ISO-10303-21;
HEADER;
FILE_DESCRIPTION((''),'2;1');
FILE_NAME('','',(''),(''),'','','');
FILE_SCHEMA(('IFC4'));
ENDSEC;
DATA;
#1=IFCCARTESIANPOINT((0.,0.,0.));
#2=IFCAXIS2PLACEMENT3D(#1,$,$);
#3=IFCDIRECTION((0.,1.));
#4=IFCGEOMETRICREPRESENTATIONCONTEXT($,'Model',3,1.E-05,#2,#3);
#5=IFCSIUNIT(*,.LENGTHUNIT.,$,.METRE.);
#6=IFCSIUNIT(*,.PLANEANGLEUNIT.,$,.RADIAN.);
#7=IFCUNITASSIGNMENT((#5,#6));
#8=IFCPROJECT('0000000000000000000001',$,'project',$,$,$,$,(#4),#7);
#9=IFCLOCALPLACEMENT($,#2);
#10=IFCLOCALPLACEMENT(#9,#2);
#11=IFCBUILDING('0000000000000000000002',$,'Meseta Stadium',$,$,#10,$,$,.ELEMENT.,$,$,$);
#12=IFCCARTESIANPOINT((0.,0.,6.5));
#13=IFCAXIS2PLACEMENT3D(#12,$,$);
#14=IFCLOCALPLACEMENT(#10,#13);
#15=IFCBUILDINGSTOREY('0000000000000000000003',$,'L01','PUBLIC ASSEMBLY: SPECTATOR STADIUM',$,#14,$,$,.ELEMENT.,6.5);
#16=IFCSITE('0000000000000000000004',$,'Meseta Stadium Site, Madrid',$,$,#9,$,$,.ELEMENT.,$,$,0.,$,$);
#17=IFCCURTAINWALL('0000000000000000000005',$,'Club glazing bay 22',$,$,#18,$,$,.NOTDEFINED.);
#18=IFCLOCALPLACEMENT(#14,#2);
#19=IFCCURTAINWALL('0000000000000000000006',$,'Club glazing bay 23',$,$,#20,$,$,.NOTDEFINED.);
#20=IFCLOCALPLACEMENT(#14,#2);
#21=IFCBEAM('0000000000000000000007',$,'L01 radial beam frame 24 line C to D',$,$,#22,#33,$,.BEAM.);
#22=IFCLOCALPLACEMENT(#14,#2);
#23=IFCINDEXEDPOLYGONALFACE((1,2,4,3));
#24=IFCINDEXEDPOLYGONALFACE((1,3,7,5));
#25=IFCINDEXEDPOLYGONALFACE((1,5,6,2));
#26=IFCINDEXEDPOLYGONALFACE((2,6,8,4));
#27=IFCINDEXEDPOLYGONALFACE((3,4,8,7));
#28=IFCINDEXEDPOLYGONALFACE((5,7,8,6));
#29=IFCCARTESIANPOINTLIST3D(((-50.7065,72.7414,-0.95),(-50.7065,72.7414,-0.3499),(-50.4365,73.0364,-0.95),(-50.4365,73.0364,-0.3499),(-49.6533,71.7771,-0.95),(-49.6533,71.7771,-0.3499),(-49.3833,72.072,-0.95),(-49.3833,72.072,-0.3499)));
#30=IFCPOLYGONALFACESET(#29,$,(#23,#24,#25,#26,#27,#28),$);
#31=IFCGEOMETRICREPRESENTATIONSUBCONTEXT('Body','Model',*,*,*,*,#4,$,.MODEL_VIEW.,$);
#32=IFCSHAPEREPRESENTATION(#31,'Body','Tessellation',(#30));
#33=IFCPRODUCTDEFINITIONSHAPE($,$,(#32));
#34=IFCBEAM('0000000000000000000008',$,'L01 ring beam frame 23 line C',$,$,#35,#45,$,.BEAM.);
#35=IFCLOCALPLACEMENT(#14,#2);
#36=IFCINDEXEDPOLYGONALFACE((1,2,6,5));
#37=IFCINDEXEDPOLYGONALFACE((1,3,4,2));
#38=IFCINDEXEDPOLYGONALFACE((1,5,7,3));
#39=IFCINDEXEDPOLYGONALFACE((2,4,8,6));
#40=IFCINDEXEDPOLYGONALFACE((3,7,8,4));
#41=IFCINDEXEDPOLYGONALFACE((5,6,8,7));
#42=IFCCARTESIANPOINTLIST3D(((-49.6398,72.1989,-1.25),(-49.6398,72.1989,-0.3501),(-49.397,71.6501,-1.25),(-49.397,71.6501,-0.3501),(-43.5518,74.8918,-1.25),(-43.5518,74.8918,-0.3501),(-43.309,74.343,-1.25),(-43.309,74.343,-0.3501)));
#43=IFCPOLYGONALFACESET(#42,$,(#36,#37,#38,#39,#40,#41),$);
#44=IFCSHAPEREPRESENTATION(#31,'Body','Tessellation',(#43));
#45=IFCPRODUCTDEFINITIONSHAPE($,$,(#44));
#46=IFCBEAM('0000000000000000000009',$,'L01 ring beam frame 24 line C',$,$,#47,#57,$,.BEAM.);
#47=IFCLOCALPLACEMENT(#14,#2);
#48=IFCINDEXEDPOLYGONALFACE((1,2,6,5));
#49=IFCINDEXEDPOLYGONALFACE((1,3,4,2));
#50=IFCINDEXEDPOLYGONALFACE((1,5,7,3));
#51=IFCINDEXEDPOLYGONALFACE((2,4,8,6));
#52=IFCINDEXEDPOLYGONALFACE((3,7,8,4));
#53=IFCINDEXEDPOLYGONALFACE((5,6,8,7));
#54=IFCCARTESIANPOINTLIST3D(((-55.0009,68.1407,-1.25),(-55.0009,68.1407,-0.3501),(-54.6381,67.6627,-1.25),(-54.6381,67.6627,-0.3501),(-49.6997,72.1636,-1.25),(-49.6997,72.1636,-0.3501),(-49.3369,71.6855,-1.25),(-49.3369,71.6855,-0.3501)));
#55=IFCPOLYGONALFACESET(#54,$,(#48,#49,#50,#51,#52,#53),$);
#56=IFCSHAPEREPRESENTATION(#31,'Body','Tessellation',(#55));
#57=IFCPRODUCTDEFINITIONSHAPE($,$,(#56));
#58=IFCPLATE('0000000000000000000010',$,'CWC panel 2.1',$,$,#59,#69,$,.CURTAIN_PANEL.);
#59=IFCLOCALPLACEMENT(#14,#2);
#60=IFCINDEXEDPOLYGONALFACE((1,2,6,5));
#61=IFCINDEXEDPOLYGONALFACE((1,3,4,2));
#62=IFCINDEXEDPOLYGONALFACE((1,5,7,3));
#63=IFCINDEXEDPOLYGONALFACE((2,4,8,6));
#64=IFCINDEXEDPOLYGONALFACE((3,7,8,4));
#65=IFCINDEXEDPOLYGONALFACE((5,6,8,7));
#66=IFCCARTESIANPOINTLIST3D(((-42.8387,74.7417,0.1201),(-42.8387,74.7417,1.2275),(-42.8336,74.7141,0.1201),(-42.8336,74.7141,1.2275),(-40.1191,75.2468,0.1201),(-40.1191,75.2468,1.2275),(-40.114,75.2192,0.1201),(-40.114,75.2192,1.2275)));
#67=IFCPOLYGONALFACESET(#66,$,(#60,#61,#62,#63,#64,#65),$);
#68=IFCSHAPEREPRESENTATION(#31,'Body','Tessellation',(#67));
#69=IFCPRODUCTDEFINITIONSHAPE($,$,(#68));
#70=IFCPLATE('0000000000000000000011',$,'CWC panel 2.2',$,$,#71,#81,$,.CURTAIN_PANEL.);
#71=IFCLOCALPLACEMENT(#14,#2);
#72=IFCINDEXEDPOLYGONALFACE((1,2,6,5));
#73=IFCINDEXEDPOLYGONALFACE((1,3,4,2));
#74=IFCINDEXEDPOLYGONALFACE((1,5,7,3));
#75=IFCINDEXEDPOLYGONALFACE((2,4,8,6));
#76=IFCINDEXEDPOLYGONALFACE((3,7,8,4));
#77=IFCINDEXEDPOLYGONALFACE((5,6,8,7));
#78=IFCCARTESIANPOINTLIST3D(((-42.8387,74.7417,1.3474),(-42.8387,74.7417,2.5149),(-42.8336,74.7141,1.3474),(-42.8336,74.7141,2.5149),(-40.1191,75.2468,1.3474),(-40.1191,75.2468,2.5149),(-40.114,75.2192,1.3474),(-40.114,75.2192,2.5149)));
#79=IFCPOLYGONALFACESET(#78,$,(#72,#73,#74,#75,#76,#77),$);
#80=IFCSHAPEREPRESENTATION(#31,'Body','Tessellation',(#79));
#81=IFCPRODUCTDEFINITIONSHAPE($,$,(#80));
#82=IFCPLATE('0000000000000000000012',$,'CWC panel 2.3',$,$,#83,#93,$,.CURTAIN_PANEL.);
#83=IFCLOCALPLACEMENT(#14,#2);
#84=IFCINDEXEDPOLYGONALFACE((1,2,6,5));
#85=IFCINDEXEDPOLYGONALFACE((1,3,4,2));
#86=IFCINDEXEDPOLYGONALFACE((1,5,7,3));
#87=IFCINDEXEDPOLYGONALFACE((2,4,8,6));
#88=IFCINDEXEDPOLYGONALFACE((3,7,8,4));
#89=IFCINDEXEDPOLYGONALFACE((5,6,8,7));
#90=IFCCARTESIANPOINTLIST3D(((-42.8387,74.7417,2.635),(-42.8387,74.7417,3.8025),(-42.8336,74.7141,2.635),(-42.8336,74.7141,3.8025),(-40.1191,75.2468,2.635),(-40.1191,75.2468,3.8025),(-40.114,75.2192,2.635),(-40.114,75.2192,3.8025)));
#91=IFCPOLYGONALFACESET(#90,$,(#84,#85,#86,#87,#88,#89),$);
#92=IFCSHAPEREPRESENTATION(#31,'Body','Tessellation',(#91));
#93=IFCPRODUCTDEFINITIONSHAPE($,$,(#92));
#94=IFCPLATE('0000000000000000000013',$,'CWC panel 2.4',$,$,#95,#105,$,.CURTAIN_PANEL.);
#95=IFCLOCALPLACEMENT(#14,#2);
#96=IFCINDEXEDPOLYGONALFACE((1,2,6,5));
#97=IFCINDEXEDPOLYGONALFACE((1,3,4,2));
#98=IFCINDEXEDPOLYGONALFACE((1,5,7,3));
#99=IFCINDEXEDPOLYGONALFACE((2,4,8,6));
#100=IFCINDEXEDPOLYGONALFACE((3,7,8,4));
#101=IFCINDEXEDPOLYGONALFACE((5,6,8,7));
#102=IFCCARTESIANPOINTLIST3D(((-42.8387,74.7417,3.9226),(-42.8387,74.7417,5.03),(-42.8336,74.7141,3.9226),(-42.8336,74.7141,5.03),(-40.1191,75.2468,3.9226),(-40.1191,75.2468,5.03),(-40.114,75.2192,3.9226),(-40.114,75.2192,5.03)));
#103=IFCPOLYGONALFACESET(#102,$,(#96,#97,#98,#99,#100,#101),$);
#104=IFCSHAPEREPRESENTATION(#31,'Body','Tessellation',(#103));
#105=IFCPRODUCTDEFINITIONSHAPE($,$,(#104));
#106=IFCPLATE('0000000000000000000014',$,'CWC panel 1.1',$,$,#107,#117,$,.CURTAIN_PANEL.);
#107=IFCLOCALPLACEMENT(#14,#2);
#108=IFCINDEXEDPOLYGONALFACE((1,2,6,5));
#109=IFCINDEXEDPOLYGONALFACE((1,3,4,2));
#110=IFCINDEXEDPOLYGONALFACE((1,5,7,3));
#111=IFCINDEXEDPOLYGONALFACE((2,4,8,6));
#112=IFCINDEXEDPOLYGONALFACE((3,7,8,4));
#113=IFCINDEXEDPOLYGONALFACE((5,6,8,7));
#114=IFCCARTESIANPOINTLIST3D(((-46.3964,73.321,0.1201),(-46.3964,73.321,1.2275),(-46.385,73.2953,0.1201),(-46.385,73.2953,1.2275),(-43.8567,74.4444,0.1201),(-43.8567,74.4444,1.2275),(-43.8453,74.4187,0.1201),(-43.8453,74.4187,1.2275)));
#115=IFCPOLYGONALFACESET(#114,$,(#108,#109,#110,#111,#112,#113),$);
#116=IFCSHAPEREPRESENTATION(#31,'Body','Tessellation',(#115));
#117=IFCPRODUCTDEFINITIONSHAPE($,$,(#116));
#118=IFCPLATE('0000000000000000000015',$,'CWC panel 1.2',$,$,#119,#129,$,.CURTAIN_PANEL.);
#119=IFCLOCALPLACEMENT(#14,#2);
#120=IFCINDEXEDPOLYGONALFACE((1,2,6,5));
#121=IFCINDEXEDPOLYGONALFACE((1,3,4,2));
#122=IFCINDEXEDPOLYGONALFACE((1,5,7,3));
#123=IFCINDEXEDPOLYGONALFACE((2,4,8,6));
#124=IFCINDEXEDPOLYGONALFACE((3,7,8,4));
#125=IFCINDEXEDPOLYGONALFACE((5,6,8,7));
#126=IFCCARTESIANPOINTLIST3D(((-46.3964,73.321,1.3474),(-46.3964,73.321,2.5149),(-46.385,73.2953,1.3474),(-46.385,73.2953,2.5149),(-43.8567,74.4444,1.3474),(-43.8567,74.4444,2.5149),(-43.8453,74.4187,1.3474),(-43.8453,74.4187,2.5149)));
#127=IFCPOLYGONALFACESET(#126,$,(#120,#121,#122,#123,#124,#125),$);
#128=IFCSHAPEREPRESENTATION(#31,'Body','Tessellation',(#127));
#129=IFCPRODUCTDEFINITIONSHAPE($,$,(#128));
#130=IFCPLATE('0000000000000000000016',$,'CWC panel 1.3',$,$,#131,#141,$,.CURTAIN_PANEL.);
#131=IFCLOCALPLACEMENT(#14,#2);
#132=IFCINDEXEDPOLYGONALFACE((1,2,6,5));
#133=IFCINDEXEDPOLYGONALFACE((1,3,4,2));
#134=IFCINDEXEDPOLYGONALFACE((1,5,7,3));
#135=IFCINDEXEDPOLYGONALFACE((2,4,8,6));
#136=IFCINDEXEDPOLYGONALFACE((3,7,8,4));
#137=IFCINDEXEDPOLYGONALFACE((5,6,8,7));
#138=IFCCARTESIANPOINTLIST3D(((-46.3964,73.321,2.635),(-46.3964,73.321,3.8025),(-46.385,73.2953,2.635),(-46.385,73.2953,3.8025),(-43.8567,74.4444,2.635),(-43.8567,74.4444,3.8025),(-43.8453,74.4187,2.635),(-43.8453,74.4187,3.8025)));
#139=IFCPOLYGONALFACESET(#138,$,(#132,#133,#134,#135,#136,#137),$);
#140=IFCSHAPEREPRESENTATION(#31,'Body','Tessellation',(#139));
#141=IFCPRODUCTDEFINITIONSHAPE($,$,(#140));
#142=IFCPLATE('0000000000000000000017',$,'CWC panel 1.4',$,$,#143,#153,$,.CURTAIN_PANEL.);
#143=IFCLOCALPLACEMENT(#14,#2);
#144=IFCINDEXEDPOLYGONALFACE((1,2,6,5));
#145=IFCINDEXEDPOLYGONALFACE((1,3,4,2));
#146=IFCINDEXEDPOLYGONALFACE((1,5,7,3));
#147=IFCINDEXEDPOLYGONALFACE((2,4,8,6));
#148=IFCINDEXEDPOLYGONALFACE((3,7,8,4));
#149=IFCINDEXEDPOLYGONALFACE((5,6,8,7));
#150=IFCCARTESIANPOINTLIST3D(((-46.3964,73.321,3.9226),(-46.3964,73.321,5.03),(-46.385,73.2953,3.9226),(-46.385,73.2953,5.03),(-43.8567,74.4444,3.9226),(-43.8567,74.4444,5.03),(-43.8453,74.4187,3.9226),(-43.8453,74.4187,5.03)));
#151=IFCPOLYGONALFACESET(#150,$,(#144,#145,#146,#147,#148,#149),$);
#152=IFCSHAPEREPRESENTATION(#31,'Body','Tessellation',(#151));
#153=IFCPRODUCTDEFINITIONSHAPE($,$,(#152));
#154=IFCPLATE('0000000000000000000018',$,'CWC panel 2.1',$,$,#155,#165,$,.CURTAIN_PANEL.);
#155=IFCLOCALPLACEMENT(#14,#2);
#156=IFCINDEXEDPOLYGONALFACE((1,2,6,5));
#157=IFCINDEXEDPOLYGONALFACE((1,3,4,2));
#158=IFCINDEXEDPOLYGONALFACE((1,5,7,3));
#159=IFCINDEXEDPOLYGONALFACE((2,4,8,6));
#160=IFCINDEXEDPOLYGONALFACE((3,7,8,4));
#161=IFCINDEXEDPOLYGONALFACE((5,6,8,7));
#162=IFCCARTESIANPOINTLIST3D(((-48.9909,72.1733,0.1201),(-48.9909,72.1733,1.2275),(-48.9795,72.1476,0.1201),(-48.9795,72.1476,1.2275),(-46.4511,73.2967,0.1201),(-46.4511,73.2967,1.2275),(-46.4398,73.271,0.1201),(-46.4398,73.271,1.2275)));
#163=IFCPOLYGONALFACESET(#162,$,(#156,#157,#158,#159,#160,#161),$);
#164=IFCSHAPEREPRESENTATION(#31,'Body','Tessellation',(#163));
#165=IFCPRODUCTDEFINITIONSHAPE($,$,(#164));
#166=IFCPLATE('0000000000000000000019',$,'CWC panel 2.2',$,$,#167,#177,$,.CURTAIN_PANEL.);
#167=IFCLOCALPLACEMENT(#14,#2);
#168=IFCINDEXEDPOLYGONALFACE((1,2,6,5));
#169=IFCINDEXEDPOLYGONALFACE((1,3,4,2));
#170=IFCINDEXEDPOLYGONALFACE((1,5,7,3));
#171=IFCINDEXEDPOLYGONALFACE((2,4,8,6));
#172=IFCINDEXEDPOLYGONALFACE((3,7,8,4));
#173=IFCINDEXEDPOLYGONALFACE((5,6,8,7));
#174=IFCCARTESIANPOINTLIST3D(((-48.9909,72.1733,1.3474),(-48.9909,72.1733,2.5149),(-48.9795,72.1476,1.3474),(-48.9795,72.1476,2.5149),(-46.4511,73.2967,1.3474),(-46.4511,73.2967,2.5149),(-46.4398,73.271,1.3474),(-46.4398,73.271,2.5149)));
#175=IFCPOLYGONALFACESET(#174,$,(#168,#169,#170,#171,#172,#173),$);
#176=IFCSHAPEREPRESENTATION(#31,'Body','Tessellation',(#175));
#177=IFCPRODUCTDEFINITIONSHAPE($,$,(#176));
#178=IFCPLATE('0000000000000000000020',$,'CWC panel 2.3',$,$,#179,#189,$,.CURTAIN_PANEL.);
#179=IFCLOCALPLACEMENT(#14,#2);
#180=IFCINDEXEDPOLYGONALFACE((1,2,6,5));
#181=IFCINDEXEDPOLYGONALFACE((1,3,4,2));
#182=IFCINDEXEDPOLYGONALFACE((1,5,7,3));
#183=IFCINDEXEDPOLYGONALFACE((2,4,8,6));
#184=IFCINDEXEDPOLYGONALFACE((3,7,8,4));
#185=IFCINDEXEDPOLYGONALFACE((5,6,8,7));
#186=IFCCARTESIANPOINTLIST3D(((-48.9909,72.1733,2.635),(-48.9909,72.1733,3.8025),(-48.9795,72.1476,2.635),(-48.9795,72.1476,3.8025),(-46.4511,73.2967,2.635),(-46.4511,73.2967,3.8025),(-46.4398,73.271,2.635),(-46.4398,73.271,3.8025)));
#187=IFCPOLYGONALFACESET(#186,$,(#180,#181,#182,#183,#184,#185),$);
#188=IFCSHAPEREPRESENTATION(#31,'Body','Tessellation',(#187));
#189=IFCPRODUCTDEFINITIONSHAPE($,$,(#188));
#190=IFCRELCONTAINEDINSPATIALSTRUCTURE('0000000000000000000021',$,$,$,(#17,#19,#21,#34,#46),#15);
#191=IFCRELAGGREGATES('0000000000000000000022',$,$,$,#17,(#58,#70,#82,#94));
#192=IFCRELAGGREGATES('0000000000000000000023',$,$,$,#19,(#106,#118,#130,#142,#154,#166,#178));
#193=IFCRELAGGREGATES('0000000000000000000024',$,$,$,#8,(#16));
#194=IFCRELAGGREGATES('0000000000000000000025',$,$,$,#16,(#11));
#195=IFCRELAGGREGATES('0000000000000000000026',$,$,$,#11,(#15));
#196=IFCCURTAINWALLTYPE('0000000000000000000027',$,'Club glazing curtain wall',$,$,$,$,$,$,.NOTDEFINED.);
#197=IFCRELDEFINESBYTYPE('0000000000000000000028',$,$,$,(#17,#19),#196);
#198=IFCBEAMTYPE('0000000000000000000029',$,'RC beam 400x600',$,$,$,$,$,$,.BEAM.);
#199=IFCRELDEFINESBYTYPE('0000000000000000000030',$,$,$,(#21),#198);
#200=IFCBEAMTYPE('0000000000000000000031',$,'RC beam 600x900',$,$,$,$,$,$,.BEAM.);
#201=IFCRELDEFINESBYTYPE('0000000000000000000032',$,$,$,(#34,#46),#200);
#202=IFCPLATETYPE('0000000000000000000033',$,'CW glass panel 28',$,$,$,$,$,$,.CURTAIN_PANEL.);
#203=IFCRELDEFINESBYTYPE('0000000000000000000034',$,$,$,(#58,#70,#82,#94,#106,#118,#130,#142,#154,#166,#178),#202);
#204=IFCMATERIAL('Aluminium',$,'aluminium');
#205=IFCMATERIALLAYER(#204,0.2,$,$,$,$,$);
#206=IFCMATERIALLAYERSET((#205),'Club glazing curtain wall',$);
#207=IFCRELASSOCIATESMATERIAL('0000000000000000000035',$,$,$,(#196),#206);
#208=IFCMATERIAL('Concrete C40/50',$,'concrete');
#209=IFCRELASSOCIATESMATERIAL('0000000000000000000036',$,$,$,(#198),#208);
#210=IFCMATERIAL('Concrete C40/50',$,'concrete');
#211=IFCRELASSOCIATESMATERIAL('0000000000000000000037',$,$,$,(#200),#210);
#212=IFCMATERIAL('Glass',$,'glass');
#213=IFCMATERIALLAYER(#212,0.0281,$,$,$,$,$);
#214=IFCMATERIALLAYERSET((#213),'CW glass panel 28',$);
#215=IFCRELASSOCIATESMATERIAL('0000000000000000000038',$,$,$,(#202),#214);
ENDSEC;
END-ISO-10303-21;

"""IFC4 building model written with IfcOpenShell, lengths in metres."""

from ifc_helpers import new_model, si_unit, direction, frame, origin, origin_2d, place, context, subcontext, project, spatial, rectangle, extrude, material, layer, layer_set, material_profile, profile_set, type_object, element, aggregate, save


model = new_model("IFC4")

# Units and contexts
model_context = context("Model", 3, precision=1e-05, world=origin(), true_north=direction((0.0, 1.0)))
body_context = subcontext(model_context, "Body", "Model", "MODEL_VIEW")
ifc_project = project(units=[si_unit("LENGTHUNIT", "METRE"), si_unit("PLANEANGLEUNIT", "RADIAN")], contexts=[model_context])

# Site, building, storey
site_placement = place(None, origin())
site = spatial("IfcSite", under=ifc_project, at=site_placement, Name="Meseta Stadium Site, Madrid", CompositionType="ELEMENT", RefElevation=0.0)
building_placement = place(site_placement, origin())
building = spatial("IfcBuilding", under=site, at=building_placement, Name="Meseta Stadium", CompositionType="ELEMENT")
storey_placement = place(building_placement, frame((0.0, 0.0, 6.5)))
storey = spatial("IfcBuildingStorey", under=building, at=storey_placement, Name="L01", Description="PUBLIC ASSEMBLY: SPECTATOR STADIUM", CompositionType="ELEMENT", Elevation=6.5)

# Curtain wall
ifc_material_1 = material(Name="Aluminium", Category="aluminium")
ifc_layer_1 = layer(ifc_material_1, 0.2)
ifc_layer_set_1 = layer_set([ifc_layer_1], Name="Club glazing curtain wall")
curtain_wall_type = type_object("IfcCurtainWallType", Name="Club glazing curtain wall", PredefinedType="NOTDEFINED", material=ifc_layer_set_1)
curtain_wall_1_placement = place(storey_placement, origin())
curtain_wall_1 = element("IfcCurtainWall", 1, at=curtain_wall_1_placement, inside=storey, type_object=curtain_wall_type, Name="Club glazing bay 22", PredefinedType="NOTDEFINED")

# Curtain wall
curtain_wall_2_placement = place(storey_placement, origin())
curtain_wall_2 = element("IfcCurtainWall", 2, at=curtain_wall_2_placement, inside=storey, type_object=curtain_wall_type, Name="Club glazing bay 23", PredefinedType="NOTDEFINED")

# Beams
ifc_material_2 = material(Name="Concrete C40/50", Category="concrete")
ifc_material_profile_1 = material_profile(ifc_material_2, rectangle(XDim=0.3999, YDim=0.6001, at=origin_2d()), Name="RC 400x600")
ifc_profile_set_1 = profile_set([ifc_material_profile_1], Name="Concrete C40/50")
beam_type_1 = type_object("IfcBeamType", Name="RC beam 400x600", PredefinedType="BEAM", material=ifc_profile_set_1)
beam_1_placement = place(storey_placement, frame((-49.5183, 71.9246, -0.6499), z_axis=(-0.737537, 0.675306, 0.0), x_axis=(-0.675306, -0.737537, 0.0)))
element("IfcBeam", 3, at=beam_1_placement, inside=storey, type_object=beam_type_1, Name="L01 radial beam frame 24 line C to D", PredefinedType="BEAM", context=body_context, shape_type="SweptSolid", body=[
    extrude(rectangle(XDim=0.3999, YDim=0.6001, at=origin_2d()), origin(), (0.0, 0.0, 1.0), 1.428),
])
ifc_material_3 = material(Name="Concrete C40/50", Category="concrete")
ifc_material_profile_2 = material_profile(ifc_material_3, rectangle(XDim=0.6001, YDim=0.8999, at=origin_2d()), Name="RC 600x900")
ifc_profile_set_2 = profile_set([ifc_material_profile_2], Name="Concrete C40/50")
beam_type_2 = type_object("IfcBeamType", Name="RC beam 600x900", PredefinedType="BEAM", material=ifc_profile_set_2)
beam_2_placement = place(storey_placement, frame((-43.4304, 74.6174, -0.8), z_axis=(-0.914527, -0.404525, 0.0), x_axis=(0.404525, -0.914527, 0.0)))
element("IfcBeam", 4, at=beam_2_placement, inside=storey, type_object=beam_type_2, Name="L01 ring beam frame 23 line C", PredefinedType="BEAM", context=body_context, shape_type="SweptSolid", body=[
    extrude(rectangle(XDim=0.6001, YDim=0.8999, at=origin_2d()), origin(), (0.0, 0.0, 1.0), 6.657),
])
beam_3_placement = place(storey_placement, frame((-49.5183, 71.9246, -0.8), z_axis=(-0.796597, -0.60451, 0.0), x_axis=(0.60451, -0.796597, 0.0)))
element("IfcBeam", 5, at=beam_3_placement, inside=storey, type_object=beam_type_2, Name="L01 ring beam frame 24 line C", PredefinedType="BEAM", context=body_context, shape_type="SweptSolid", body=[
    extrude(rectangle(XDim=0.6001, YDim=0.8999, at=origin_2d()), origin(), (0.0, 0.0, 1.0), 6.6548),
])

# Plates
ifc_material_4 = material(Name="Glass", Category="glass")
ifc_layer_2 = layer(ifc_material_4, 0.0281)
ifc_layer_set_2 = layer_set([ifc_layer_2], Name="CW glass panel 28")
plate_type = type_object("IfcPlateType", Name="CW glass panel 28", PredefinedType="CURTAIN_PANEL", material=ifc_layer_set_2)
plate_1_placement = place(storey_placement, frame((-41.4763, 74.9805, 0.1201), z_axis=(0.0, 0.0, 1.0), x_axis=(-0.983187, -0.1826, 0.0)))
plate_1 = element("IfcPlate", 6, at=plate_1_placement, type_object=plate_type, Name="CWC panel 2.1", PredefinedType="CURTAIN_PANEL", context=body_context, shape_type="SweptSolid", body=[
    extrude(rectangle(XDim=2.7661, YDim=0.0281, at=origin_2d()), origin(), (0.0, 0.0, 1.0), 1.1074),
])
plate_2_placement = place(storey_placement, frame((-41.4763, 74.9805, 1.3474), z_axis=(0.0, 0.0, 1.0), x_axis=(-0.983187, -0.1826, 0.0)))
plate_2 = element("IfcPlate", 7, at=plate_2_placement, type_object=plate_type, Name="CWC panel 2.2", PredefinedType="CURTAIN_PANEL", context=body_context, shape_type="SweptSolid", body=[
    extrude(rectangle(XDim=2.7661, YDim=0.0281, at=origin_2d()), origin(), (0.0, 0.0, 1.0), 1.1675),
])
plate_3_placement = place(storey_placement, frame((-41.4763, 74.9805, 2.635), z_axis=(0.0, 0.0, 1.0), x_axis=(-0.983187, -0.1826, 0.0)))
plate_3 = element("IfcPlate", 8, at=plate_3_placement, type_object=plate_type, Name="CWC panel 2.3", PredefinedType="CURTAIN_PANEL", context=body_context, shape_type="SweptSolid", body=[
    extrude(rectangle(XDim=2.7661, YDim=0.0281, at=origin_2d()), origin(), (0.0, 0.0, 1.0), 1.1675),
])
plate_4_placement = place(storey_placement, frame((-41.4763, 74.9805, 3.9226), z_axis=(0.0, 0.0, 1.0), x_axis=(-0.983187, -0.1826, 0.0)))
plate_4 = element("IfcPlate", 9, at=plate_4_placement, type_object=plate_type, Name="CWC panel 2.4", PredefinedType="CURTAIN_PANEL", context=body_context, shape_type="SweptSolid", body=[
    extrude(rectangle(XDim=2.7661, YDim=0.0281, at=origin_2d()), origin(), (0.0, 0.0, 1.0), 1.1074),
])
aggregate(curtain_wall_1, [plate_1, plate_2, plate_3, plate_4])
plate_5_placement = place(storey_placement, frame((-45.1208, 73.8699, 0.1201), z_axis=(0.0, 0.0, 1.0), x_axis=(-0.914527, -0.404524, 0.0)))
plate_5 = element("IfcPlate", 10, at=plate_5_placement, type_object=plate_type, Name="CWC panel 1.1", PredefinedType="CURTAIN_PANEL", context=body_context, shape_type="SweptSolid", body=[
    extrude(rectangle(XDim=2.7771, YDim=0.0281, at=origin_2d()), origin(), (0.0, 0.0, 1.0), 1.1074),
])
plate_6_placement = place(storey_placement, frame((-45.1208, 73.8699, 1.3474), z_axis=(0.0, 0.0, 1.0), x_axis=(-0.914527, -0.404524, 0.0)))
plate_6 = element("IfcPlate", 11, at=plate_6_placement, type_object=plate_type, Name="CWC panel 1.2", PredefinedType="CURTAIN_PANEL", context=body_context, shape_type="SweptSolid", body=[
    extrude(rectangle(XDim=2.7771, YDim=0.0281, at=origin_2d()), origin(), (0.0, 0.0, 1.0), 1.1675),
])
plate_7_placement = place(storey_placement, frame((-45.1208, 73.8699, 2.635), z_axis=(0.0, 0.0, 1.0), x_axis=(-0.914527, -0.404524, 0.0)))
plate_7 = element("IfcPlate", 12, at=plate_7_placement, type_object=plate_type, Name="CWC panel 1.3", PredefinedType="CURTAIN_PANEL", context=body_context, shape_type="SweptSolid", body=[
    extrude(rectangle(XDim=2.7771, YDim=0.0281, at=origin_2d()), origin(), (0.0, 0.0, 1.0), 1.1675),
])
plate_8_placement = place(storey_placement, frame((-45.1208, 73.8699, 3.9226), z_axis=(0.0, 0.0, 1.0), x_axis=(-0.914527, -0.404524, 0.0)))
plate_8 = element("IfcPlate", 13, at=plate_8_placement, type_object=plate_type, Name="CWC panel 1.4", PredefinedType="CURTAIN_PANEL", context=body_context, shape_type="SweptSolid", body=[
    extrude(rectangle(XDim=2.7771, YDim=0.0281, at=origin_2d()), origin(), (0.0, 0.0, 1.0), 1.1074),
])
plate_9_placement = place(storey_placement, frame((-47.7153, 72.7222, 0.1201), z_axis=(0.0, 0.0, 1.0), x_axis=(-0.914527, -0.404524, 0.0)))
plate_9 = element("IfcPlate", 14, at=plate_9_placement, type_object=plate_type, Name="CWC panel 2.1", PredefinedType="CURTAIN_PANEL", context=body_context, shape_type="SweptSolid", body=[
    extrude(rectangle(XDim=2.7771, YDim=0.0281, at=origin_2d()), origin(), (0.0, 0.0, 1.0), 1.1074),
])
plate_10_placement = place(storey_placement, frame((-47.7153, 72.7222, 1.3474), z_axis=(0.0, 0.0, 1.0), x_axis=(-0.914527, -0.404524, 0.0)))
plate_10 = element("IfcPlate", 15, at=plate_10_placement, type_object=plate_type, Name="CWC panel 2.2", PredefinedType="CURTAIN_PANEL", context=body_context, shape_type="SweptSolid", body=[
    extrude(rectangle(XDim=2.7771, YDim=0.0281, at=origin_2d()), origin(), (0.0, 0.0, 1.0), 1.1675),
])
plate_11_placement = place(storey_placement, frame((-47.7153, 72.7222, 2.635), z_axis=(0.0, 0.0, 1.0), x_axis=(-0.914527, -0.404524, 0.0)))
plate_11 = element("IfcPlate", 16, at=plate_11_placement, type_object=plate_type, Name="CWC panel 2.3", PredefinedType="CURTAIN_PANEL", context=body_context, shape_type="SweptSolid", body=[
    extrude(rectangle(XDim=2.7771, YDim=0.0281, at=origin_2d()), origin(), (0.0, 0.0, 1.0), 1.1675),
])
aggregate(curtain_wall_2, [plate_5, plate_6, plate_7, plate_8, plate_9, plate_10, plate_11])

save(model, "model.ifc")
